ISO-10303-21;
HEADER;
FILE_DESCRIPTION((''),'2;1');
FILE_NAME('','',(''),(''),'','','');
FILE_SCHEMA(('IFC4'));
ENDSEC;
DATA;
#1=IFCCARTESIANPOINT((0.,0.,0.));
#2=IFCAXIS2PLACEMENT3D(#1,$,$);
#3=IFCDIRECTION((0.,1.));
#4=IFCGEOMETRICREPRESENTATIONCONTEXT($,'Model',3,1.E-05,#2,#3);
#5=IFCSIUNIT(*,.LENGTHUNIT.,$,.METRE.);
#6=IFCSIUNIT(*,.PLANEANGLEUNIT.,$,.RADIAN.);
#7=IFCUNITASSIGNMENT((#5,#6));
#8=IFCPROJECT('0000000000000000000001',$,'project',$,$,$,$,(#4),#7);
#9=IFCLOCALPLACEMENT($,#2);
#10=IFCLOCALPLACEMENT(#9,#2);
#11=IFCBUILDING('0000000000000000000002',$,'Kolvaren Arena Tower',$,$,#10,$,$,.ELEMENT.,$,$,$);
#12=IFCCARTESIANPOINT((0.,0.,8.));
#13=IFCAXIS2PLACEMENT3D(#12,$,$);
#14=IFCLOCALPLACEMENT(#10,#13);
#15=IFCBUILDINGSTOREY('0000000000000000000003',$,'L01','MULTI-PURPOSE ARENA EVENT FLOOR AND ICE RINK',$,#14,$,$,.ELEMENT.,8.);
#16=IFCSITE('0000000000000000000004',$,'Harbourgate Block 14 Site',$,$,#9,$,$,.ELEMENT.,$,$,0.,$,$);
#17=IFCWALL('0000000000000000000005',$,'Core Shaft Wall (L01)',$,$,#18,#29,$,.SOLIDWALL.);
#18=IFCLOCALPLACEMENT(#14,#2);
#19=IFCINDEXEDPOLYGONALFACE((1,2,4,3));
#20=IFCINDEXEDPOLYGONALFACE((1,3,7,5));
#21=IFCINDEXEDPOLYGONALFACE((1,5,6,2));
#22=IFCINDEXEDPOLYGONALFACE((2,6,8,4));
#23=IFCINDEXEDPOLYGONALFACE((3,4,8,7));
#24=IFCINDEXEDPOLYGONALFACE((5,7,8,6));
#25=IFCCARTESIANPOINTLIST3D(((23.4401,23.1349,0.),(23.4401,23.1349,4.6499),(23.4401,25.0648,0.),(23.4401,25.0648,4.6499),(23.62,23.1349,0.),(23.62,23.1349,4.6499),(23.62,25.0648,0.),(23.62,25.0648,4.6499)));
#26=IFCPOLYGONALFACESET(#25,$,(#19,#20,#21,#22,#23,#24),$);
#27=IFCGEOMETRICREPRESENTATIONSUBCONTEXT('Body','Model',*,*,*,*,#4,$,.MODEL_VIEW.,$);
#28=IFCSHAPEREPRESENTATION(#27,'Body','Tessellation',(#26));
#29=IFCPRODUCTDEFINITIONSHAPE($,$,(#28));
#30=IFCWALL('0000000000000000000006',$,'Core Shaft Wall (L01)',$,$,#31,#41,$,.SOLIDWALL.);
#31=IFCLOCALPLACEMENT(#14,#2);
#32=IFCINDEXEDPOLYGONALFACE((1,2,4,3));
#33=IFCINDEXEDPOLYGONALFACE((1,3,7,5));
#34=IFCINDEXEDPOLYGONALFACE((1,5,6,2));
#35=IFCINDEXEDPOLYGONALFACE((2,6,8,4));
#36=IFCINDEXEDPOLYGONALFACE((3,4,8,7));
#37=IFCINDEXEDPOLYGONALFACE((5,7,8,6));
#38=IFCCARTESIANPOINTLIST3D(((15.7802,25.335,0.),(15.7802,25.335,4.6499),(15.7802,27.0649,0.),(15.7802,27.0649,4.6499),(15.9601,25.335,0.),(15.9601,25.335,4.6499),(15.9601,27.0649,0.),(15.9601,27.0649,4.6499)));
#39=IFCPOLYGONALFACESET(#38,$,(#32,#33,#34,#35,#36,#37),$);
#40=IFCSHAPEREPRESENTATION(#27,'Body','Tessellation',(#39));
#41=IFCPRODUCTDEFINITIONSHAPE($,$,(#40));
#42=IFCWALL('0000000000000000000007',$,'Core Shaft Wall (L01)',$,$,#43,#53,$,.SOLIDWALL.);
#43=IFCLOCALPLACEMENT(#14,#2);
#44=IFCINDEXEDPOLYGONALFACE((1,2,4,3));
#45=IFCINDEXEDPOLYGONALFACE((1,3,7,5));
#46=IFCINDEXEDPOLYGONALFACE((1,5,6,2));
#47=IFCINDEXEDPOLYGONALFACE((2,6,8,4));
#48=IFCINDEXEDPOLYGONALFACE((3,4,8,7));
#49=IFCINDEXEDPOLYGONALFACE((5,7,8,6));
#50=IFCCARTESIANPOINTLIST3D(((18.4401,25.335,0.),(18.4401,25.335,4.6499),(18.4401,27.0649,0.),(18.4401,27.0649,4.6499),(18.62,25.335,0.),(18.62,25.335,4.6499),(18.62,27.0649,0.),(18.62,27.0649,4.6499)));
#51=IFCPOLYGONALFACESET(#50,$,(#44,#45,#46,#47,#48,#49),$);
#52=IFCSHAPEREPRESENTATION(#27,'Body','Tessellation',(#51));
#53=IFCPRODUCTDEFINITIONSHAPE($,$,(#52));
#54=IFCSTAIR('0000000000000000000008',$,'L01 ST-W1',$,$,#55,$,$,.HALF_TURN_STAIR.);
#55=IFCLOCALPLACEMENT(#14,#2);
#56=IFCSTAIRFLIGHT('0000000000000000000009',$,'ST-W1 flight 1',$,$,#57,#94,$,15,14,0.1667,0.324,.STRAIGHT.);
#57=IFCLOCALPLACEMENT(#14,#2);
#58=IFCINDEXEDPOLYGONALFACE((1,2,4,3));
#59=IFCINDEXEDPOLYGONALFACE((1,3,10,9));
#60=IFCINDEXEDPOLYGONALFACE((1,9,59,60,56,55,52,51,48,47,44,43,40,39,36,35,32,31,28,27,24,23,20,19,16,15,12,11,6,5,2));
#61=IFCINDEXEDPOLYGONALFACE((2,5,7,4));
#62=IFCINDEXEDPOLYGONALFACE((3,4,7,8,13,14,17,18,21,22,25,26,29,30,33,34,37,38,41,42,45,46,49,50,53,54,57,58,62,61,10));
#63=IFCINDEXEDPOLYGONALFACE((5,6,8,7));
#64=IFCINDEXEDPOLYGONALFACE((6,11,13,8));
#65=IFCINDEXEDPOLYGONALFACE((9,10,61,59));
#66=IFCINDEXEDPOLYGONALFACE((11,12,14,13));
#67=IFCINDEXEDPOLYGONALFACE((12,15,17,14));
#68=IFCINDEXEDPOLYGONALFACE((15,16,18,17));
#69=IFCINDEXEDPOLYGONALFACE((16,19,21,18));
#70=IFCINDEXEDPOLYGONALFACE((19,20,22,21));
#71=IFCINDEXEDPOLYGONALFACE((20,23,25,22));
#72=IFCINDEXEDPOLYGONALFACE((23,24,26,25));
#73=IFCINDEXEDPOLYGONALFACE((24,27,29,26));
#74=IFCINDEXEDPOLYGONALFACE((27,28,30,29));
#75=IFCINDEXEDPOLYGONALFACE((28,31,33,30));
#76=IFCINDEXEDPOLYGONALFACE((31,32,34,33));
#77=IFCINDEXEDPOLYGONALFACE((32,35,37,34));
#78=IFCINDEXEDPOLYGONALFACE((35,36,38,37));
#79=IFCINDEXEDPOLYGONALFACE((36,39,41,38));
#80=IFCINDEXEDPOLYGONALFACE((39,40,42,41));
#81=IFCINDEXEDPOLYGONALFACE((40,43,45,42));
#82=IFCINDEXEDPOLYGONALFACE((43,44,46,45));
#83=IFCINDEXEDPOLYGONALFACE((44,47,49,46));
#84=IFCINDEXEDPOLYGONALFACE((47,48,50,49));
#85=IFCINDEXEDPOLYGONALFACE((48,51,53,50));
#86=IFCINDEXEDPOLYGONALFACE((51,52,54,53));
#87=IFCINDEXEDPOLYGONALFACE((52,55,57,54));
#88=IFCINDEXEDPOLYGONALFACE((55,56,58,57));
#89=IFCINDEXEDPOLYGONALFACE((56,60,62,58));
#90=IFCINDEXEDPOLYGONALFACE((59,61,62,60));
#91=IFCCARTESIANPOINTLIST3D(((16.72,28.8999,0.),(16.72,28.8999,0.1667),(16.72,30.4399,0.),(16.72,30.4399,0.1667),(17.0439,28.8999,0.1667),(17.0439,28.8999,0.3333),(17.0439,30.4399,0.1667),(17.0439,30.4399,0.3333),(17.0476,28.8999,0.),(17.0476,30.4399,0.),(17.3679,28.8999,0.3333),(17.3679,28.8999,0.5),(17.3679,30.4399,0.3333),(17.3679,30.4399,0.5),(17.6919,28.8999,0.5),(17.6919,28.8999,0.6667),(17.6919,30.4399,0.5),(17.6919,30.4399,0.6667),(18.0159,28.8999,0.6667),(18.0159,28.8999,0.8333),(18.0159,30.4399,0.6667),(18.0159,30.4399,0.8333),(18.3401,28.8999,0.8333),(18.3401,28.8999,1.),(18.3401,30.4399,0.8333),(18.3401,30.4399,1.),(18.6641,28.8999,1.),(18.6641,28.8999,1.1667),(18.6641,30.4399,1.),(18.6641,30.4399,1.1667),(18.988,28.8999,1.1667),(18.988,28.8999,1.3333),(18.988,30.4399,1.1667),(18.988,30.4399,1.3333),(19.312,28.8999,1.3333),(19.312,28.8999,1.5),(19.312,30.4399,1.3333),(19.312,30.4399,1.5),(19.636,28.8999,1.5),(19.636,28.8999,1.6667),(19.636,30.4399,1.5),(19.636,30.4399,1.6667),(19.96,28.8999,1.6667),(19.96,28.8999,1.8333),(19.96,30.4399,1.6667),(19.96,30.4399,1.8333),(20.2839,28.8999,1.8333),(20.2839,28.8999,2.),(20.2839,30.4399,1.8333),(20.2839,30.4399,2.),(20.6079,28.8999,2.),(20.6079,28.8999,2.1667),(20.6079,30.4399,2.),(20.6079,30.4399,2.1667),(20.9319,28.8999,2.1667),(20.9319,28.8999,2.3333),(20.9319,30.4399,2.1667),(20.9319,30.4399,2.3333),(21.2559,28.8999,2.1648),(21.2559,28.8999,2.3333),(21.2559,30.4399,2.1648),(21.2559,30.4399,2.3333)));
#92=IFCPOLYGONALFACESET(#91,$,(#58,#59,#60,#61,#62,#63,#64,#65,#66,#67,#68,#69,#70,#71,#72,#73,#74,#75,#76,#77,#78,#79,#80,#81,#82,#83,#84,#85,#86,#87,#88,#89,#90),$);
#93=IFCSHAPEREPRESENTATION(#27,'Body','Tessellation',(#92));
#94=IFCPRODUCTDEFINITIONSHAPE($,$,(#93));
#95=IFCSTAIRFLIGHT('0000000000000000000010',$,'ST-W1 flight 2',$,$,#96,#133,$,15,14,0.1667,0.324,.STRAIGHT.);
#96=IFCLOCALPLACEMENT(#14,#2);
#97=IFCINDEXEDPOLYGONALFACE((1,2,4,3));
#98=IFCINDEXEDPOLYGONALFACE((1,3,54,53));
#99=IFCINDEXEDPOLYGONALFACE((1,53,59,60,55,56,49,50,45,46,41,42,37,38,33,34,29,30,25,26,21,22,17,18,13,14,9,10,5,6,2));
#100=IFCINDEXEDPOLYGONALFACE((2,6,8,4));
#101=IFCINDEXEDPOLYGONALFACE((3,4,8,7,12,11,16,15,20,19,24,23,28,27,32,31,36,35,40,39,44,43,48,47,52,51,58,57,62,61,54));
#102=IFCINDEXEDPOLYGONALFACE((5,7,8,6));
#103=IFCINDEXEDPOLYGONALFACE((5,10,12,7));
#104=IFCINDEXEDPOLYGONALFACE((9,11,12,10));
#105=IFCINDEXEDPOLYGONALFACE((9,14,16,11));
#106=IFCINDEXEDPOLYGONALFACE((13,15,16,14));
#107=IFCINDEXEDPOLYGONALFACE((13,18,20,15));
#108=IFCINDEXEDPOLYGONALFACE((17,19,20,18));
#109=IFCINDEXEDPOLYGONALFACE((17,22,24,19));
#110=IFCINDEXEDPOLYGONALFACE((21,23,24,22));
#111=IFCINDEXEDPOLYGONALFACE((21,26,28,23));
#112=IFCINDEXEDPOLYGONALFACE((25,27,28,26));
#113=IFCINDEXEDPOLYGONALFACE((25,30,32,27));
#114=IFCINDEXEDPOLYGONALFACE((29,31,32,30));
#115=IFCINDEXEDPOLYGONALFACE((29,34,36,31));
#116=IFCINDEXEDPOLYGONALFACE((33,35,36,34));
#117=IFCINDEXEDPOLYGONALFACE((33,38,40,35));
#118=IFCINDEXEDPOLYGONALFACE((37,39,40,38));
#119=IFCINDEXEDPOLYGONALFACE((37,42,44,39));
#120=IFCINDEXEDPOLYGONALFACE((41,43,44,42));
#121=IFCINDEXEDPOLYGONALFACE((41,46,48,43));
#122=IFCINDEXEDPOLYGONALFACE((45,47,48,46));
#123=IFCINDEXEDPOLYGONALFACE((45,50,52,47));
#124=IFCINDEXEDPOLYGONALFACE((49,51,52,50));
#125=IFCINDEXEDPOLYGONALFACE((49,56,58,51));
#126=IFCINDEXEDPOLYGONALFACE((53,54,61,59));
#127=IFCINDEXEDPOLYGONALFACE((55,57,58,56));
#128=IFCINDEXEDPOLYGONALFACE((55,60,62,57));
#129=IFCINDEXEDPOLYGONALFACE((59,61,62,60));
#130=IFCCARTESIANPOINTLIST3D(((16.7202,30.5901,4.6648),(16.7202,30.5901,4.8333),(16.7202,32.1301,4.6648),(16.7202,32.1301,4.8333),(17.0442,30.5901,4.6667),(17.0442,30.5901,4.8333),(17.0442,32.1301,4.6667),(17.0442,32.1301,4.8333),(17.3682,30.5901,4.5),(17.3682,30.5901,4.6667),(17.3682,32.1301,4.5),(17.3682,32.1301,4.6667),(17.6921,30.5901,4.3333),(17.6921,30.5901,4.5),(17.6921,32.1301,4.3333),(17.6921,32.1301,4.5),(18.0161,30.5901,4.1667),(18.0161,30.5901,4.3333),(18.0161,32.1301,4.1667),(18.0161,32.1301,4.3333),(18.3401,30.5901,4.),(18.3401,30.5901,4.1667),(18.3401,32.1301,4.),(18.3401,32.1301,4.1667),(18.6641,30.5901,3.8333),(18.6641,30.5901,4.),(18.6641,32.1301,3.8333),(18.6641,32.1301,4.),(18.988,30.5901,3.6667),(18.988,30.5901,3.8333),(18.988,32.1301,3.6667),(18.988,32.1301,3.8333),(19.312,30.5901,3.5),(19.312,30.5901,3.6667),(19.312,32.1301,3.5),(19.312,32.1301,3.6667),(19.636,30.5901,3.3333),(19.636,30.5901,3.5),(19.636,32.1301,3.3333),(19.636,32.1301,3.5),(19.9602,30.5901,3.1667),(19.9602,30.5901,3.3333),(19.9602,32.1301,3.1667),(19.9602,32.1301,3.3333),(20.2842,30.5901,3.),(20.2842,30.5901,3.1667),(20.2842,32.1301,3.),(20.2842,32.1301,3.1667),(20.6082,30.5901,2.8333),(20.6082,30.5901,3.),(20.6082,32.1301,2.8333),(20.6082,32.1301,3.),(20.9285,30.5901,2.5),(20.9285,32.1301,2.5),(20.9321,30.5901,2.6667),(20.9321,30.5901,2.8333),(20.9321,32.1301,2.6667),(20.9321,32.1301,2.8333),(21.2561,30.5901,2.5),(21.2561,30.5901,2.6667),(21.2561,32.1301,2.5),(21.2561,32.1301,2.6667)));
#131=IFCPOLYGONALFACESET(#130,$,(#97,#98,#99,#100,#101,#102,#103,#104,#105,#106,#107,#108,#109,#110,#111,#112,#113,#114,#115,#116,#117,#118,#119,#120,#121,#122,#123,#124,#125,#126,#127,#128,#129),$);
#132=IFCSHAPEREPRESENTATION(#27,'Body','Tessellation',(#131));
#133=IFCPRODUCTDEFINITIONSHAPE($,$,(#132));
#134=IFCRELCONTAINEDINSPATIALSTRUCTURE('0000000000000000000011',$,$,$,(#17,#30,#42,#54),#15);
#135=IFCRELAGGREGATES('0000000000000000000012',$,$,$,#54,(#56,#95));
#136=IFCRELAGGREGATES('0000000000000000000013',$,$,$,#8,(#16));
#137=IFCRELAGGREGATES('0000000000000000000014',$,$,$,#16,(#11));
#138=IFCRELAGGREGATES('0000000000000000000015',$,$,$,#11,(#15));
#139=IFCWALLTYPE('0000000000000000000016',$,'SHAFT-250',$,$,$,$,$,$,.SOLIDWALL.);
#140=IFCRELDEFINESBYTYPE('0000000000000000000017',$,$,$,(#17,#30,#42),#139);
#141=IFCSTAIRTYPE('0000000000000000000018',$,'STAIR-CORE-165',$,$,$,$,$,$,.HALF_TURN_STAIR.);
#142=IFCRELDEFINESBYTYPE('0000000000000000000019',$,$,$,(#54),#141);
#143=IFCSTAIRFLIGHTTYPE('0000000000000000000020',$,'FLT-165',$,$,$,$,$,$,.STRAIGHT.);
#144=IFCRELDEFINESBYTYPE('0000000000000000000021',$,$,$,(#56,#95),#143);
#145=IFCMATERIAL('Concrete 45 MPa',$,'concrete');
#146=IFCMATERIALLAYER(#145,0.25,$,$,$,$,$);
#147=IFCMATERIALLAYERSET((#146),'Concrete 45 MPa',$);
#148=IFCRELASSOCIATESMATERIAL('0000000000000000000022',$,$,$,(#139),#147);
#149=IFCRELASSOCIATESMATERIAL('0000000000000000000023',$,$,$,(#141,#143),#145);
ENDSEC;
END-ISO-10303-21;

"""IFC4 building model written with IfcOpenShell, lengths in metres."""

from ifc_helpers import new_model, si_unit, direction, frame, frame_2d, origin, place, context, subcontext, project, spatial, polyline, rectangle, outline, extrude, material, layer, layer_set, type_object, element, aggregate, save


model = new_model("IFC4")

# Units and contexts
model_context = context("Model", 3, precision=1e-05, world=origin(), true_north=direction((0.0, 1.0)))
body_context = subcontext(model_context, "Body", "Model", "MODEL_VIEW")
ifc_project = project(units=[si_unit("LENGTHUNIT", "METRE"), si_unit("PLANEANGLEUNIT", "RADIAN")], contexts=[model_context])

# Site, building, storey
site_placement = place(None, origin())
site = spatial("IfcSite", under=ifc_project, at=site_placement, Name="Harbourgate Block 14 Site", CompositionType="ELEMENT", RefElevation=0.0)
building_placement = place(site_placement, origin())
building = spatial("IfcBuilding", under=site, at=building_placement, Name="Kolvaren Arena Tower", CompositionType="ELEMENT")
storey_placement = place(building_placement, frame((0.0, 0.0, 8.0)))
storey = spatial("IfcBuildingStorey", under=building, at=storey_placement, Name="L01", Description="MULTI-PURPOSE ARENA EVENT FLOOR AND ICE RINK", CompositionType="ELEMENT", Elevation=8.0)

# Shared definitions
ifc_material_1 = material(Name="Concrete 45 MPa", Category="concrete")
ifc_layer = layer(ifc_material_1, 0.25)
ifc_layer_set = layer_set([ifc_layer], Name="Concrete 45 MPa")
wall_type = type_object("IfcWallType", Name="SHAFT-250", PredefinedType="SOLIDWALL", material=ifc_layer_set)

# Walls
for number, where, z_axis, x_axis, name in (
    (1, (23.53, 23.135, 0.0), (0.0, 0.0, 1.0), (0.0, 1.0, 0.0), "Core Shaft Wall (L01)"),
):
    element("IfcWall", number, at=place(storey_placement, frame(where, z_axis=z_axis, x_axis=x_axis)), inside=storey, type_object=wall_type, Name=name, PredefinedType="SOLIDWALL", context=body_context, shape_type="SweptSolid", body=[
        extrude(rectangle(XDim=1.9299, YDim=0.1799, at=frame_2d((0.9648, 0.0))), origin(), (0.0, 0.0, 1.0), 4.6499),
    ])
for number, where, z_axis, x_axis, name in (
    (2, (15.8701, 25.335, 0.0), (0.0, 0.0, 1.0), (0.0, 1.0, 0.0), "Core Shaft Wall (L01)"),
    (3, (18.53, 25.335, 0.0), (0.0, 0.0, 1.0), (0.0, 1.0, 0.0), "Core Shaft Wall (L01)"),
):
    element("IfcWall", number, at=place(storey_placement, frame(where, z_axis=z_axis, x_axis=x_axis)), inside=storey, type_object=wall_type, Name=name, PredefinedType="SOLIDWALL", context=body_context, shape_type="SweptSolid", body=[
        extrude(rectangle(XDim=1.73, YDim=0.1799, at=frame_2d((0.865, 0.0))), origin(), (0.0, 0.0, 1.0), 4.6499),
    ])

# Stair, stair flights
stair_type = type_object("IfcStairType", Name="STAIR-CORE-165", PredefinedType="HALF_TURN_STAIR", material=ifc_material_1)
stair_placement = place(storey_placement, origin())
stair = element("IfcStair", 4, at=stair_placement, inside=storey, type_object=stair_type, Name="L01 ST-W1", PredefinedType="HALF_TURN_STAIR")
stair_flight_type = type_object("IfcStairFlightType", Name="FLT-165", PredefinedType="STRAIGHT", material=ifc_material_1)
stair_flight_1_placement = place(storey_placement, frame((16.72, 29.6699, 0.0), z_axis=(0.0, 0.0, 1.0), x_axis=(1.0, 0.0, 0.0)))
stair_flight_1 = element("IfcStairFlight", 5, at=stair_flight_1_placement, type_object=stair_flight_type, Name="ST-W1 flight 1", NumberOfRisers=15, NumberOfTreads=14, PredefinedType="STRAIGHT", RiserHeight=0.1667, TreadLength=0.324, context=body_context, shape_type="SweptSolid", body=[
    extrude(outline(polyline([(0.0, 0.0), (0.0, 0.1667), (0.324, 0.1667), (0.324, 0.3333), (0.6479, 0.3333), (0.6479, 0.5), (0.9719, 0.5), (0.9719, 0.6667), (1.2959, 0.6667), (1.2959, 0.8333), (1.6201, 0.8333), (1.6201, 1.0), (1.9441, 1.0), (1.9441, 1.1667), (2.2681, 1.1667), (2.2681, 1.3333), (2.592, 1.3333), (2.592, 1.5), (2.916, 1.5), (2.916, 1.6667), (3.24, 1.6667), (3.24, 1.8333), (3.564, 1.8333), (3.564, 2.0), (3.8879, 2.0), (3.8879, 2.1667), (4.2119, 2.1667), (4.2119, 2.3333), (4.5359, 2.3333), (4.5359, 2.5), (4.5359, 2.1648), (0.3276, 0.0), (0.0, 0.0)])), frame((0.0, 0.77, 0.0), z_axis=(0.0, -1.0, 0.0), x_axis=(1.0, 0.0, 0.0)), (0.0, 0.0, 1.0), 1.54),
])
stair_flight_2_placement = place(storey_placement, frame((21.2561, 31.3601, 2.5), z_axis=(0.0, 0.0, 1.0), x_axis=(-1.0, 0.0, 0.0)))
stair_flight_2 = element("IfcStairFlight", 6, at=stair_flight_2_placement, type_object=stair_flight_type, Name="ST-W1 flight 2", NumberOfRisers=15, NumberOfTreads=14, PredefinedType="STRAIGHT", RiserHeight=0.1667, TreadLength=0.324, context=body_context, shape_type="SweptSolid", body=[
    extrude(outline(polyline([(0.0, 0.0), (0.0, 0.1667), (0.324, 0.1667), (0.324, 0.3333), (0.6479, 0.3333), (0.6479, 0.5), (0.9719, 0.5), (0.9719, 0.6667), (1.2959, 0.6667), (1.2959, 0.8333), (1.6201, 0.8333), (1.6201, 1.0), (1.9441, 1.0), (1.9441, 1.1667), (2.2681, 1.1667), (2.2681, 1.3333), (2.592, 1.3333), (2.592, 1.5), (2.916, 1.5), (2.916, 1.6667), (3.24, 1.6667), (3.24, 1.8333), (3.564, 1.8333), (3.564, 2.0), (3.8879, 2.0), (3.8879, 2.1667), (4.2119, 2.1667), (4.2119, 2.3333), (4.5359, 2.3333), (4.5359, 2.5), (4.5359, 2.1648), (0.3276, 0.0), (0.0, 0.0)])), frame((0.0, 0.77, 0.0), z_axis=(0.0, -1.0, 0.0), x_axis=(1.0, 0.0, 0.0)), (0.0, 0.0, 1.0), 1.54),
])
aggregate(stair, [stair_flight_1, stair_flight_2])

save(model, "model.ifc")
